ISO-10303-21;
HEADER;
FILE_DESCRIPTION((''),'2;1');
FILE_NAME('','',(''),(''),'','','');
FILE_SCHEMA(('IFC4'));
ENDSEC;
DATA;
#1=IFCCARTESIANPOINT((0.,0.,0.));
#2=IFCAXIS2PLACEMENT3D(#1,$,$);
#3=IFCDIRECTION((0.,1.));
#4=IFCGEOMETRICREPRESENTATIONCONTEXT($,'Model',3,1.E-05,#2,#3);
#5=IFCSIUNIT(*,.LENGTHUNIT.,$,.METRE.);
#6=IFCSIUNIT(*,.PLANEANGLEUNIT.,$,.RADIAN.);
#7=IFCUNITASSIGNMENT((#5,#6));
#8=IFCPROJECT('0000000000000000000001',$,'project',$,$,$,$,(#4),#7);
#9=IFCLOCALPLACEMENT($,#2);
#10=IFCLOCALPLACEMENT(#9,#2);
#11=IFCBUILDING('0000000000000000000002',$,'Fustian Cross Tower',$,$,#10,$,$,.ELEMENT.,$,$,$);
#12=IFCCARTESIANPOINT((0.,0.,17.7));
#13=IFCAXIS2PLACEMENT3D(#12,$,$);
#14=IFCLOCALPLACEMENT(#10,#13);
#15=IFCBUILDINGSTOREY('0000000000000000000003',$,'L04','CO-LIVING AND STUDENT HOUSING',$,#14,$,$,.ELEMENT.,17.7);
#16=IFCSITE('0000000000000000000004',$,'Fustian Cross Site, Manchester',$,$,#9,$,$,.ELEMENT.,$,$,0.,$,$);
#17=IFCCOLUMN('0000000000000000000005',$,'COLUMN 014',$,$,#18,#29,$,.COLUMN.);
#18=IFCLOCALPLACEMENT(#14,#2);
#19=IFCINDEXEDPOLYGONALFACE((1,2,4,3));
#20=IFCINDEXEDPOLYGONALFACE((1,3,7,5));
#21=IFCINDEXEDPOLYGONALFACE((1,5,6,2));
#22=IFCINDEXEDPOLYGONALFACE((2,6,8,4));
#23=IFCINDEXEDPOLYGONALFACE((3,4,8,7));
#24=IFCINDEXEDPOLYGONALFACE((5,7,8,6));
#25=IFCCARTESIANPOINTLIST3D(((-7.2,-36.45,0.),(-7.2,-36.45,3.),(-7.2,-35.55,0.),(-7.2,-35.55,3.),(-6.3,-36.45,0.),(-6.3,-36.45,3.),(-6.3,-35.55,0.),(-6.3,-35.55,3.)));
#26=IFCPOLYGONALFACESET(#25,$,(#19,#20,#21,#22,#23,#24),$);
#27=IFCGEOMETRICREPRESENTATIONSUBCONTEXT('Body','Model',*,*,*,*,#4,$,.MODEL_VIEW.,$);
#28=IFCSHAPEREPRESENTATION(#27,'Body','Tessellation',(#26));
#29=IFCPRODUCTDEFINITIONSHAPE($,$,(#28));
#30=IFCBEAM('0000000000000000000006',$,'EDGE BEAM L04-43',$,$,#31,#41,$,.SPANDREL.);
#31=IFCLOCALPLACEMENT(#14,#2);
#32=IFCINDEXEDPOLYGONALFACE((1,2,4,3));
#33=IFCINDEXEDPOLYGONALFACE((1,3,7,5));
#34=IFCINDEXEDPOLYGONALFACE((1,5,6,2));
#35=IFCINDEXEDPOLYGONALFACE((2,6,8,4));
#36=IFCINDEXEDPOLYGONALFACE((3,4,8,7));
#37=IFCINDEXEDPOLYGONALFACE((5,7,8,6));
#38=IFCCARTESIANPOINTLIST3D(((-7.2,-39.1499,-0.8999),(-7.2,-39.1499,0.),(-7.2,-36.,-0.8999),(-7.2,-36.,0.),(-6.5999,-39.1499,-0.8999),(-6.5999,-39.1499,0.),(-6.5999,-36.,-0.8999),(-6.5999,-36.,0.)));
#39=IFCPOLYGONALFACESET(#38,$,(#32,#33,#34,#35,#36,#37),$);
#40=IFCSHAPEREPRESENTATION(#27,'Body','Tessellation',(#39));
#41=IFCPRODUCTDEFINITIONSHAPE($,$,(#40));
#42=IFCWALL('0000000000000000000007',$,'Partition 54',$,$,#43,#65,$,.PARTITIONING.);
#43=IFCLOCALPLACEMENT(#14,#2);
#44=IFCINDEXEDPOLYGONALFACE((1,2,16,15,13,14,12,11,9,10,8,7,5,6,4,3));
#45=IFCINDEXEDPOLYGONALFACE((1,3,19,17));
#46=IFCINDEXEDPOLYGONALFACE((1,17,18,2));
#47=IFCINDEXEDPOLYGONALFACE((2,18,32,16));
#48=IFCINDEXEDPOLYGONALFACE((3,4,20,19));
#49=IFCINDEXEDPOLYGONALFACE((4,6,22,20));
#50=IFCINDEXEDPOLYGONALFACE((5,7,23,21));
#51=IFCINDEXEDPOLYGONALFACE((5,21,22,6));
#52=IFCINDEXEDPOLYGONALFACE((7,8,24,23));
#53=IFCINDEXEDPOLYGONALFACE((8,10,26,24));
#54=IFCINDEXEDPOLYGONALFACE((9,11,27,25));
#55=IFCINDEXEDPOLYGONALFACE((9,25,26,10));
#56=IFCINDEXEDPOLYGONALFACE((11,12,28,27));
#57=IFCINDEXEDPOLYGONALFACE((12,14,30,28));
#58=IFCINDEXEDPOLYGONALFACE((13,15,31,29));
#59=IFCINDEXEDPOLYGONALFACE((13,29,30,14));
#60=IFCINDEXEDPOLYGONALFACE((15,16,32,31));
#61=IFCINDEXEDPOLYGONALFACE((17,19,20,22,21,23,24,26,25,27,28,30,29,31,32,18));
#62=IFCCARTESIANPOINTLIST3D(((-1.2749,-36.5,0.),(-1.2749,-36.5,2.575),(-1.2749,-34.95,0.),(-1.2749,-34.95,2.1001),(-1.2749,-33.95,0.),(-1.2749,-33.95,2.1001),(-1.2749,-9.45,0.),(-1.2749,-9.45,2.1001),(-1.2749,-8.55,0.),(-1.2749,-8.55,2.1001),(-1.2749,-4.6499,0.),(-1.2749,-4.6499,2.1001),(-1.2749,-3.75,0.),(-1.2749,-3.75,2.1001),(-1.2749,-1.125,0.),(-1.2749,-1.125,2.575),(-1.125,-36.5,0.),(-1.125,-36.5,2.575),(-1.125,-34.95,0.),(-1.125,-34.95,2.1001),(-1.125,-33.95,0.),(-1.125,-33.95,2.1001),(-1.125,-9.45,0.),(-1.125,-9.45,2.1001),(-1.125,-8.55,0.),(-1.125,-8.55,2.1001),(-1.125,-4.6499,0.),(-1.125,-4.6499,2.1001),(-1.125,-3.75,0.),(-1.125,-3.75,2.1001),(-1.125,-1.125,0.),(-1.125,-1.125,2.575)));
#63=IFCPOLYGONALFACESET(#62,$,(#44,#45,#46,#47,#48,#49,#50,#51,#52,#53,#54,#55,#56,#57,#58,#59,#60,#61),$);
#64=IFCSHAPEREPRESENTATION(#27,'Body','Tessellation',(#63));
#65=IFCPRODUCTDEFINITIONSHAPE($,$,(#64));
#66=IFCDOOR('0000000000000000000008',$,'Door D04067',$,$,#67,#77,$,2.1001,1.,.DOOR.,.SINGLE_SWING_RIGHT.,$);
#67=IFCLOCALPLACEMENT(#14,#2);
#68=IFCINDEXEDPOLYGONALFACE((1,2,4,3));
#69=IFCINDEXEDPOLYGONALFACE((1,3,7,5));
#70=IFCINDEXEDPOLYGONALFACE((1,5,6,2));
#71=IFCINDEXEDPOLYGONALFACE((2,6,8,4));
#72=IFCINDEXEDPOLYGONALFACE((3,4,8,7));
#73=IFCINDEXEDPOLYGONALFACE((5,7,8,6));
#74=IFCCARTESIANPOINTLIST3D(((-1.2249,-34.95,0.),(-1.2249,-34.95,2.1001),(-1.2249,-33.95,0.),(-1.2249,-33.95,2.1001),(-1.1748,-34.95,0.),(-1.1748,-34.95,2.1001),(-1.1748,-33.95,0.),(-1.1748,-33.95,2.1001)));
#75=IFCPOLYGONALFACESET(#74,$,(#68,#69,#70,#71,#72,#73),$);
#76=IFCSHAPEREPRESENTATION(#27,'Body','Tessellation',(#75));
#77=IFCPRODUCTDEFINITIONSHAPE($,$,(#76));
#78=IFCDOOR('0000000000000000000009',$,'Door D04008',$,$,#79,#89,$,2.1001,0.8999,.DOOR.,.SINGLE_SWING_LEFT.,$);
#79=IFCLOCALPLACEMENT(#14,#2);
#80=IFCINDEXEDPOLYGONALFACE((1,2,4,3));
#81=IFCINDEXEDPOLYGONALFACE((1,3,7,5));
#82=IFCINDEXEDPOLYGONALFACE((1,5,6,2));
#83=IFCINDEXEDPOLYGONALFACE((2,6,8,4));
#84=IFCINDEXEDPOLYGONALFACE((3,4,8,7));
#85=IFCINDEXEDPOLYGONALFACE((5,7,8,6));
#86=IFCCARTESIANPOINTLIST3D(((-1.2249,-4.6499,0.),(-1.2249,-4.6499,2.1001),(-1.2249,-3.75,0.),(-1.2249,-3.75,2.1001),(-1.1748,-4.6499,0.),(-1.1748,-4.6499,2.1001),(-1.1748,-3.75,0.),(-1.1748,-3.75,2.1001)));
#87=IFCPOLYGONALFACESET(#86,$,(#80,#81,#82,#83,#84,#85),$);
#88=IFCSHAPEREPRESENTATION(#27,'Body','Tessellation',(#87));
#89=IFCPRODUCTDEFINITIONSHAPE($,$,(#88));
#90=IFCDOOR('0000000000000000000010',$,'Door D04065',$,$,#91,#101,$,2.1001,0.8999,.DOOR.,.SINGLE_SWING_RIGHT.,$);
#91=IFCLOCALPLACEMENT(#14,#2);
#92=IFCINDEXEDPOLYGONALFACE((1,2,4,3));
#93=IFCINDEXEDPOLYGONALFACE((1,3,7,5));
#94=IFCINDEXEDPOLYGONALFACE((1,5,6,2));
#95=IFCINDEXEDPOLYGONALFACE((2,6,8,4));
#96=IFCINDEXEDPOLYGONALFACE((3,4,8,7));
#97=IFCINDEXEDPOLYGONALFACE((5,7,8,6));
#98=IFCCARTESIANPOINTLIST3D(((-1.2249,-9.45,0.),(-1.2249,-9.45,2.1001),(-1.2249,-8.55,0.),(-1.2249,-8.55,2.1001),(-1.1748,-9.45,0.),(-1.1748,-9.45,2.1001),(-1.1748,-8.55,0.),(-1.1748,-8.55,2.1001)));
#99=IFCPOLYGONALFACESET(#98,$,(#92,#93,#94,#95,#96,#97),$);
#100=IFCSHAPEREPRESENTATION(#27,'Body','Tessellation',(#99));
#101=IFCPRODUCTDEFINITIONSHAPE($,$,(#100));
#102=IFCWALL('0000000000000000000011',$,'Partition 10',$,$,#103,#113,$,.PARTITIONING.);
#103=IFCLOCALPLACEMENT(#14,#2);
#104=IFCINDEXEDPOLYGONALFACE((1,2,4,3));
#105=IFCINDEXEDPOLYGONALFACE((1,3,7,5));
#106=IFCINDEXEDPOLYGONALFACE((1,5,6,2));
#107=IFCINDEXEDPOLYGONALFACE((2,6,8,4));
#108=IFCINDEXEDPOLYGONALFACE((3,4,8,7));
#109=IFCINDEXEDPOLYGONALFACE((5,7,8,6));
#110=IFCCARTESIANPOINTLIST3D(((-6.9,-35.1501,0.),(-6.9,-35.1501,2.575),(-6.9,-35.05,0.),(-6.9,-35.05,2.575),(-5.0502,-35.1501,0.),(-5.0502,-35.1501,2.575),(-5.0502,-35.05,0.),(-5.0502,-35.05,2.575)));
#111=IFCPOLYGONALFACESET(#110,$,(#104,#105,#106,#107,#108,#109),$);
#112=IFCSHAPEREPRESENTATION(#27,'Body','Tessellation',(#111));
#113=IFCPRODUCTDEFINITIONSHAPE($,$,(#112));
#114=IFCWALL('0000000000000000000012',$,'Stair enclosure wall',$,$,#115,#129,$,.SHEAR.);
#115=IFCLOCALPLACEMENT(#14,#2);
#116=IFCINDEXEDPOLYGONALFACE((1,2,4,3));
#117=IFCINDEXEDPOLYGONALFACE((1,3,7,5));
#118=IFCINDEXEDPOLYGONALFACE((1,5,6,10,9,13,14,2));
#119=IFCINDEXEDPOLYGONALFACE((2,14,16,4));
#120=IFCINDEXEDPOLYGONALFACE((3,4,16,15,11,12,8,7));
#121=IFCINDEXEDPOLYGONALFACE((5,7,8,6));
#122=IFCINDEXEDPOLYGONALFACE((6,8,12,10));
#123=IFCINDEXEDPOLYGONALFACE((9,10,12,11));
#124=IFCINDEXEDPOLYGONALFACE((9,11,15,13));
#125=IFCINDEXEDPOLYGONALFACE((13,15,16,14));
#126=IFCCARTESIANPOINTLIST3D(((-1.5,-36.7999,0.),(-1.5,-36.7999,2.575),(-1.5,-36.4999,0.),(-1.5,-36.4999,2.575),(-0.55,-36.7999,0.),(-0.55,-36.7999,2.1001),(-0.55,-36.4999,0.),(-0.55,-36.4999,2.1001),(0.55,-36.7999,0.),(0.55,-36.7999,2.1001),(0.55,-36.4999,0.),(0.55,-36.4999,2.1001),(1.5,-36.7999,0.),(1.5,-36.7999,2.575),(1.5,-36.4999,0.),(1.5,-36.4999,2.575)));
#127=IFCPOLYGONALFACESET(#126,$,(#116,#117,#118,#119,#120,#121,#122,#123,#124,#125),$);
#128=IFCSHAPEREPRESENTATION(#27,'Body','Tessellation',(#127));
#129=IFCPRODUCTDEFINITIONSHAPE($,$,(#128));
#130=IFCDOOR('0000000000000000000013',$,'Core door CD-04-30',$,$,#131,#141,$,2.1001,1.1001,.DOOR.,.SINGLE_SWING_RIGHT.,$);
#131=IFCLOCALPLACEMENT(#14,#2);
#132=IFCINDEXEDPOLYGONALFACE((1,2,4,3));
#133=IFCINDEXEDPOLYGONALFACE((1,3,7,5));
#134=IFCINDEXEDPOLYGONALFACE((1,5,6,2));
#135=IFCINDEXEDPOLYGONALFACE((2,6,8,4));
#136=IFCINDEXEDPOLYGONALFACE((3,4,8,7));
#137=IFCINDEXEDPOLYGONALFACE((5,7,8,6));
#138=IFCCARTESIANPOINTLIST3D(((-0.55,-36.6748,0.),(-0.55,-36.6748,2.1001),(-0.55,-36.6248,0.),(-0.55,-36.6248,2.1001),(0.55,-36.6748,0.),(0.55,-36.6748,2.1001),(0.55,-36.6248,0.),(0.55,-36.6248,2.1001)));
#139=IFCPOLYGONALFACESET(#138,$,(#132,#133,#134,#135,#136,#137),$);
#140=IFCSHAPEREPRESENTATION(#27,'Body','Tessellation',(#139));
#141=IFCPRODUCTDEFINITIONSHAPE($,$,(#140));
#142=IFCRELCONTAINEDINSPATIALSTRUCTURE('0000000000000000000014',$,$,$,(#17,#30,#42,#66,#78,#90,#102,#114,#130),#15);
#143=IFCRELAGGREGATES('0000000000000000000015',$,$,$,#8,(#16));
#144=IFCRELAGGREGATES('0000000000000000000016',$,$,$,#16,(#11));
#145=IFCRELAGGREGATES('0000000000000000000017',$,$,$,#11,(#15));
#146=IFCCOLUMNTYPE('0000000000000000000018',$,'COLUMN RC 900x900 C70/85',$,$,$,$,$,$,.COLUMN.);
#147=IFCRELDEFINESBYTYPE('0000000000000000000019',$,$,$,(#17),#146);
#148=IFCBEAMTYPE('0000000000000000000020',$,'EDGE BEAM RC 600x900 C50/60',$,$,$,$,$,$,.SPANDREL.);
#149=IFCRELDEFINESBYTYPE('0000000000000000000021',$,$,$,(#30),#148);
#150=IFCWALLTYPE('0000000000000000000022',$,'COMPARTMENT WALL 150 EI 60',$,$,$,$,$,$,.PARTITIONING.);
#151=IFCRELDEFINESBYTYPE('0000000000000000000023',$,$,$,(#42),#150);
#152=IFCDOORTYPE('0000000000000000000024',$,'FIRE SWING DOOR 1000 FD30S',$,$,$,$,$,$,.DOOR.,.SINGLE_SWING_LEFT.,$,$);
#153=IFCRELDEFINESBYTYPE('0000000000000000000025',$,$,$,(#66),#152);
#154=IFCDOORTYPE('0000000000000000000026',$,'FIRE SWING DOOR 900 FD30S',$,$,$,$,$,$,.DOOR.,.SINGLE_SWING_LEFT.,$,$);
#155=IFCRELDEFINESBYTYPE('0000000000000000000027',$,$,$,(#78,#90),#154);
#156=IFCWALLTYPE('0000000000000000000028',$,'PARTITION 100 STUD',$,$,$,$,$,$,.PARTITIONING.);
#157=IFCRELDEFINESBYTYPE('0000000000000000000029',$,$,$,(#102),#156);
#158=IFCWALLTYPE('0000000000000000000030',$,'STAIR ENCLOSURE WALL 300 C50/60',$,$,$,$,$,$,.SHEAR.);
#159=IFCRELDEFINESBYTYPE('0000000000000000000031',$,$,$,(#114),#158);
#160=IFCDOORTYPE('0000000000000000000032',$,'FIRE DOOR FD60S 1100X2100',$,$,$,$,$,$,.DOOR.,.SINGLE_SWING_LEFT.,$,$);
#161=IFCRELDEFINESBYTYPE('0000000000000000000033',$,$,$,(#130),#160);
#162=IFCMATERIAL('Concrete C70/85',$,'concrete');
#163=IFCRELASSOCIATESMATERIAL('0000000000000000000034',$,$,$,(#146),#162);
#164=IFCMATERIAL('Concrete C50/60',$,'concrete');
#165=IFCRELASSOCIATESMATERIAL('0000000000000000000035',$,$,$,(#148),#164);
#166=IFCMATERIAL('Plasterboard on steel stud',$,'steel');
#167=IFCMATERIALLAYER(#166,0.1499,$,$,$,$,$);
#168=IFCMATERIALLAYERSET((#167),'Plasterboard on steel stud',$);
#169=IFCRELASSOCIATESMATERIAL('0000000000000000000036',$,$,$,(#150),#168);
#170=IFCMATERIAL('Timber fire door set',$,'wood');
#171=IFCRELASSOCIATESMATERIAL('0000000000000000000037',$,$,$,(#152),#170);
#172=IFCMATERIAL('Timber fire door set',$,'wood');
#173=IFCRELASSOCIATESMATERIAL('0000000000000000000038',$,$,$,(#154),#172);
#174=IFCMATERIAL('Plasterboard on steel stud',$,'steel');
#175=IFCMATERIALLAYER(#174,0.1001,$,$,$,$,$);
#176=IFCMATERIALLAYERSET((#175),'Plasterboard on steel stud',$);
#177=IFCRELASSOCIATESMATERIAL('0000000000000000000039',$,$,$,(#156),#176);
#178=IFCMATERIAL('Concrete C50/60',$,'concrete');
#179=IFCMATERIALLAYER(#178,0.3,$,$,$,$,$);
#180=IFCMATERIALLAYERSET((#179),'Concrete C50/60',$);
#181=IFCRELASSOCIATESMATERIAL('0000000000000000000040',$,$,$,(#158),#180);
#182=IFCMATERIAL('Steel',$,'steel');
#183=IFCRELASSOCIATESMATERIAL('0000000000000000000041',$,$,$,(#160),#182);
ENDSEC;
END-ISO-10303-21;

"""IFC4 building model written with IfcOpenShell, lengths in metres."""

from ifc_helpers import new_model, si_unit, direction, frame, frame_2d, origin, origin_2d, place, context, subcontext, project, spatial, rectangle, extrude, material, layer, layer_set, material_profile, profile_set, type_object, element, fill, save


model = new_model("IFC4")

# Units and contexts
model_context = context("Model", 3, precision=1e-05, world=origin(), true_north=direction((0.0, 1.0)))
body_context = subcontext(model_context, "Body", "Model", "MODEL_VIEW")
ifc_project = project(units=[si_unit("LENGTHUNIT", "METRE"), si_unit("PLANEANGLEUNIT", "RADIAN")], contexts=[model_context])

# Site, building, storey
site_placement = place(None, origin())
site = spatial("IfcSite", under=ifc_project, at=site_placement, Name="Fustian Cross Site, Manchester", CompositionType="ELEMENT", RefElevation=0.0)
building_placement = place(site_placement, origin())
building = spatial("IfcBuilding", under=site, at=building_placement, Name="Fustian Cross Tower", CompositionType="ELEMENT")
storey_placement = place(building_placement, frame((0.0, 0.0, 17.7)))
storey = spatial("IfcBuildingStorey", under=building, at=storey_placement, Name="L04", Description="CO-LIVING AND STUDENT HOUSING", CompositionType="ELEMENT", Elevation=17.7)

# Column
ifc_material_1 = material(Name="Concrete C70/85", Category="concrete")
ifc_material_profile_1 = material_profile(ifc_material_1, rectangle(XDim=0.8999, YDim=0.8999, at=origin_2d()), Name="RC 900x900")
ifc_profile_set_1 = profile_set([ifc_material_profile_1], Name="Concrete C70/85")
column_type = type_object("IfcColumnType", Name="COLUMN RC 900x900 C70/85", PredefinedType="COLUMN", material=ifc_profile_set_1)
column_placement = place(storey_placement, frame((-6.75, -36.0, 0.0), z_axis=(0.0, 0.0, 1.0), x_axis=(1.0, 0.0, 0.0)))
element("IfcColumn", 1, at=column_placement, inside=storey, type_object=column_type, Name="COLUMN 014", PredefinedType="COLUMN", context=body_context, shape_type="SweptSolid", body=[
    extrude(rectangle(XDim=0.8999, YDim=0.8999, at=origin_2d()), origin(), (0.0, 0.0, 1.0), 3.0),
])

# Beam
ifc_material_2 = material(Name="Concrete C50/60", Category="concrete")
ifc_material_profile_2 = material_profile(ifc_material_2, rectangle(XDim=0.6001, YDim=0.8999, at=origin_2d()), Name="RC 600x900")
ifc_profile_set_2 = profile_set([ifc_material_profile_2], Name="Concrete C50/60")
beam_type = type_object("IfcBeamType", Name="EDGE BEAM RC 600x900 C50/60", PredefinedType="SPANDREL", material=ifc_profile_set_2)
beam_placement = place(storey_placement, frame((-6.8999, -36.0, -0.45), z_axis=(0.0, -1.0, 0.0), x_axis=(1.0, 0.0, 0.0)))
element("IfcBeam", 2, at=beam_placement, inside=storey, type_object=beam_type, Name="EDGE BEAM L04-43", PredefinedType="SPANDREL", context=body_context, shape_type="SweptSolid", body=[
    extrude(rectangle(XDim=0.6001, YDim=0.8999, at=origin_2d()), origin(), (0.0, 0.0, 1.0), 3.1499),
])

# Wall, openings, doors
ifc_material_3 = material(Name="Plasterboard on steel stud", Category="steel")
ifc_layer_1 = layer(ifc_material_3, 0.1499)
ifc_layer_set_1 = layer_set([ifc_layer_1], Name="Plasterboard on steel stud")
wall_type_1 = type_object("IfcWallType", Name="COMPARTMENT WALL 150 EI 60", PredefinedType="PARTITIONING", material=ifc_layer_set_1)
wall_1_placement = place(storey_placement, frame((-1.2, -36.5, 0.0), z_axis=(0.0, 0.0, 1.0), x_axis=(0.0, 1.0, 0.0)))
wall_1 = element("IfcWall", 3, at=wall_1_placement, inside=storey, type_object=wall_type_1, Name="Partition 54", PredefinedType="PARTITIONING", context=body_context, shape_type="SweptSolid", body=[
    extrude(rectangle(XDim=35.375, YDim=0.1499, at=frame_2d((17.6875, 0.0))), origin(), (0.0, 0.0, 1.0), 2.575),
])
opening_1_placement = place(wall_1_placement, frame((31.8501, 0.0, 0.0)))
opening_1 = element("IfcOpeningElement", 4, at=opening_1_placement, cuts=wall_1, PredefinedType="OPENING", context=body_context, shape_type="SweptSolid", body=[
    extrude(rectangle(XDim=0.8999, YDim=2.1001, at=frame_2d((0.45, 1.05))), frame((0.0, 0.085, 0.0), z_axis=(0.0, -1.0, 0.0), x_axis=(1.0, 0.0, 0.0)), (0.0, 0.0, 1.0), 0.1699),
])
opening_2_placement = place(wall_1_placement, frame((27.05, 0.0, 0.0)))
opening_2 = element("IfcOpeningElement", 5, at=opening_2_placement, cuts=wall_1, PredefinedType="OPENING", context=body_context, shape_type="SweptSolid", body=[
    extrude(rectangle(XDim=0.8999, YDim=2.1001, at=frame_2d((0.45, 1.05))), frame((0.0, 0.085, 0.0), z_axis=(0.0, -1.0, 0.0), x_axis=(1.0, 0.0, 0.0)), (0.0, 0.0, 1.0), 0.1699),
])
opening_3_placement = place(wall_1_placement, frame((1.55, 0.0, 0.0)))
opening_3 = element("IfcOpeningElement", 6, at=opening_3_placement, cuts=wall_1, PredefinedType="OPENING", context=body_context, shape_type="SweptSolid", body=[
    extrude(rectangle(XDim=1.0, YDim=2.1001, at=frame_2d((0.5, 1.05))), frame((0.0, 0.085, 0.0), z_axis=(0.0, -1.0, 0.0), x_axis=(1.0, 0.0, 0.0)), (0.0, 0.0, 1.0), 0.1699),
])
ifc_material_4 = material(Name="Timber fire door set", Category="wood")
door_type_1 = type_object("IfcDoorType", Name="FIRE SWING DOOR 1000 FD30S", OperationType="SINGLE_SWING_LEFT", PredefinedType="DOOR", material=ifc_material_4)
door_1_placement = place(opening_3_placement, origin())
door_1 = element("IfcDoor", 7, at=door_1_placement, inside=storey, type_object=door_type_1, Name="Door D04067", OperationType="SINGLE_SWING_RIGHT", OverallHeight=2.1001, OverallWidth=1.0, PredefinedType="DOOR", context=body_context, shape_type="SweptSolid", body=[
    extrude(rectangle(XDim=1.0, YDim=2.1001, at=frame_2d((0.5, 1.05))), frame((0.0, 0.0249, 0.0), z_axis=(0.0, -1.0, 0.0), x_axis=(1.0, 0.0, 0.0)), (0.0, 0.0, 1.0), 0.05),
])
fill(opening_3, door_1)
ifc_material_5 = material(Name="Timber fire door set", Category="wood")
door_type_2 = type_object("IfcDoorType", Name="FIRE SWING DOOR 900 FD30S", OperationType="SINGLE_SWING_LEFT", PredefinedType="DOOR", material=ifc_material_5)
door_2_placement = place(opening_1_placement, origin())
door_2 = element("IfcDoor", 8, at=door_2_placement, inside=storey, type_object=door_type_2, Name="Door D04008", OperationType="SINGLE_SWING_LEFT", OverallHeight=2.1001, OverallWidth=0.8999, PredefinedType="DOOR", context=body_context, shape_type="SweptSolid", body=[
    extrude(rectangle(XDim=0.8999, YDim=2.1001, at=frame_2d((0.45, 1.05))), frame((0.0, 0.0249, 0.0), z_axis=(0.0, -1.0, 0.0), x_axis=(1.0, 0.0, 0.0)), (0.0, 0.0, 1.0), 0.05),
])
fill(opening_1, door_2)
door_3_placement = place(opening_2_placement, origin())
door_3 = element("IfcDoor", 9, at=door_3_placement, inside=storey, type_object=door_type_2, Name="Door D04065", OperationType="SINGLE_SWING_RIGHT", OverallHeight=2.1001, OverallWidth=0.8999, PredefinedType="DOOR", context=body_context, shape_type="SweptSolid", body=[
    extrude(rectangle(XDim=0.8999, YDim=2.1001, at=frame_2d((0.45, 1.05))), frame((0.0, 0.0249, 0.0), z_axis=(0.0, -1.0, 0.0), x_axis=(1.0, 0.0, 0.0)), (0.0, 0.0, 1.0), 0.05),
])
fill(opening_2, door_3)

# Wall
ifc_material_6 = material(Name="Plasterboard on steel stud", Category="steel")
ifc_layer_2 = layer(ifc_material_6, 0.1001)
ifc_layer_set_2 = layer_set([ifc_layer_2], Name="Plasterboard on steel stud")
wall_type_2 = type_object("IfcWallType", Name="PARTITION 100 STUD", PredefinedType="PARTITIONING", material=ifc_layer_set_2)
wall_2_placement = place(storey_placement, frame((-6.8999, -35.1001, 0.0), z_axis=(0.0, 0.0, 1.0), x_axis=(1.0, 0.0, 0.0)))
element("IfcWall", 10, at=wall_2_placement, inside=storey, type_object=wall_type_2, Name="Partition 10", PredefinedType="PARTITIONING", context=body_context, shape_type="SweptSolid", body=[
    extrude(rectangle(XDim=1.8499, YDim=0.1001, at=frame_2d((0.9248, 0.0))), origin(), (0.0, 0.0, 1.0), 2.575),
])

# Wall, opening, door
ifc_material_7 = material(Name="Concrete C50/60", Category="concrete")
ifc_layer_3 = layer(ifc_material_7, 0.3)
ifc_layer_set_3 = layer_set([ifc_layer_3], Name="Concrete C50/60")
wall_type_3 = type_object("IfcWallType", Name="STAIR ENCLOSURE WALL 300 C50/60", PredefinedType="SHEAR", material=ifc_layer_set_3)
wall_3_placement = place(storey_placement, frame((-1.5, -36.6499, 0.0), z_axis=(0.0, 0.0, 1.0), x_axis=(1.0, 0.0, 0.0)))
wall_3 = element("IfcWall", 11, at=wall_3_placement, inside=storey, type_object=wall_type_3, Name="Stair enclosure wall", PredefinedType="SHEAR", context=body_context, shape_type="SweptSolid", body=[
    extrude(rectangle(XDim=3.0, YDim=0.3, at=frame_2d((1.5, 0.0))), origin(), (0.0, 0.0, 1.0), 2.575),
])
opening_4_placement = place(wall_3_placement, frame((0.95, 0.0, 0.0)))
opening_4 = element("IfcOpeningElement", 12, at=opening_4_placement, cuts=wall_3, PredefinedType="OPENING", context=body_context, shape_type="SweptSolid", body=[
    extrude(rectangle(XDim=1.1001, YDim=2.1001, at=frame_2d((0.55, 1.05))), frame((0.0, 0.1599, 0.0), z_axis=(0.0, -1.0, 0.0), x_axis=(1.0, 0.0, 0.0)), (0.0, 0.0, 1.0), 0.3201),
])
ifc_material_8 = material(Name="Steel", Category="steel")
door_type_3 = type_object("IfcDoorType", Name="FIRE DOOR FD60S 1100X2100", OperationType="SINGLE_SWING_LEFT", PredefinedType="DOOR", material=ifc_material_8)
door_4_placement = place(opening_4_placement, frame((1.1001, 0.0, 0.0), z_axis=(0.0, 0.0, 1.0), x_axis=(-1.0, 0.0, 0.0)))
door_4 = element("IfcDoor", 13, at=door_4_placement, inside=storey, type_object=door_type_3, Name="Core door CD-04-30", OperationType="SINGLE_SWING_RIGHT", OverallHeight=2.1001, OverallWidth=1.1001, PredefinedType="DOOR", context=body_context, shape_type="SweptSolid", body=[
    extrude(rectangle(XDim=1.1001, YDim=2.1001, at=frame_2d((0.55, 1.05))), frame((0.0, 0.0249, 0.0), z_axis=(0.0, -1.0, 0.0), x_axis=(1.0, 0.0, 0.0)), (0.0, 0.0, 1.0), 0.05),
])
fill(opening_4, door_4)

save(model, "model.ifc")
